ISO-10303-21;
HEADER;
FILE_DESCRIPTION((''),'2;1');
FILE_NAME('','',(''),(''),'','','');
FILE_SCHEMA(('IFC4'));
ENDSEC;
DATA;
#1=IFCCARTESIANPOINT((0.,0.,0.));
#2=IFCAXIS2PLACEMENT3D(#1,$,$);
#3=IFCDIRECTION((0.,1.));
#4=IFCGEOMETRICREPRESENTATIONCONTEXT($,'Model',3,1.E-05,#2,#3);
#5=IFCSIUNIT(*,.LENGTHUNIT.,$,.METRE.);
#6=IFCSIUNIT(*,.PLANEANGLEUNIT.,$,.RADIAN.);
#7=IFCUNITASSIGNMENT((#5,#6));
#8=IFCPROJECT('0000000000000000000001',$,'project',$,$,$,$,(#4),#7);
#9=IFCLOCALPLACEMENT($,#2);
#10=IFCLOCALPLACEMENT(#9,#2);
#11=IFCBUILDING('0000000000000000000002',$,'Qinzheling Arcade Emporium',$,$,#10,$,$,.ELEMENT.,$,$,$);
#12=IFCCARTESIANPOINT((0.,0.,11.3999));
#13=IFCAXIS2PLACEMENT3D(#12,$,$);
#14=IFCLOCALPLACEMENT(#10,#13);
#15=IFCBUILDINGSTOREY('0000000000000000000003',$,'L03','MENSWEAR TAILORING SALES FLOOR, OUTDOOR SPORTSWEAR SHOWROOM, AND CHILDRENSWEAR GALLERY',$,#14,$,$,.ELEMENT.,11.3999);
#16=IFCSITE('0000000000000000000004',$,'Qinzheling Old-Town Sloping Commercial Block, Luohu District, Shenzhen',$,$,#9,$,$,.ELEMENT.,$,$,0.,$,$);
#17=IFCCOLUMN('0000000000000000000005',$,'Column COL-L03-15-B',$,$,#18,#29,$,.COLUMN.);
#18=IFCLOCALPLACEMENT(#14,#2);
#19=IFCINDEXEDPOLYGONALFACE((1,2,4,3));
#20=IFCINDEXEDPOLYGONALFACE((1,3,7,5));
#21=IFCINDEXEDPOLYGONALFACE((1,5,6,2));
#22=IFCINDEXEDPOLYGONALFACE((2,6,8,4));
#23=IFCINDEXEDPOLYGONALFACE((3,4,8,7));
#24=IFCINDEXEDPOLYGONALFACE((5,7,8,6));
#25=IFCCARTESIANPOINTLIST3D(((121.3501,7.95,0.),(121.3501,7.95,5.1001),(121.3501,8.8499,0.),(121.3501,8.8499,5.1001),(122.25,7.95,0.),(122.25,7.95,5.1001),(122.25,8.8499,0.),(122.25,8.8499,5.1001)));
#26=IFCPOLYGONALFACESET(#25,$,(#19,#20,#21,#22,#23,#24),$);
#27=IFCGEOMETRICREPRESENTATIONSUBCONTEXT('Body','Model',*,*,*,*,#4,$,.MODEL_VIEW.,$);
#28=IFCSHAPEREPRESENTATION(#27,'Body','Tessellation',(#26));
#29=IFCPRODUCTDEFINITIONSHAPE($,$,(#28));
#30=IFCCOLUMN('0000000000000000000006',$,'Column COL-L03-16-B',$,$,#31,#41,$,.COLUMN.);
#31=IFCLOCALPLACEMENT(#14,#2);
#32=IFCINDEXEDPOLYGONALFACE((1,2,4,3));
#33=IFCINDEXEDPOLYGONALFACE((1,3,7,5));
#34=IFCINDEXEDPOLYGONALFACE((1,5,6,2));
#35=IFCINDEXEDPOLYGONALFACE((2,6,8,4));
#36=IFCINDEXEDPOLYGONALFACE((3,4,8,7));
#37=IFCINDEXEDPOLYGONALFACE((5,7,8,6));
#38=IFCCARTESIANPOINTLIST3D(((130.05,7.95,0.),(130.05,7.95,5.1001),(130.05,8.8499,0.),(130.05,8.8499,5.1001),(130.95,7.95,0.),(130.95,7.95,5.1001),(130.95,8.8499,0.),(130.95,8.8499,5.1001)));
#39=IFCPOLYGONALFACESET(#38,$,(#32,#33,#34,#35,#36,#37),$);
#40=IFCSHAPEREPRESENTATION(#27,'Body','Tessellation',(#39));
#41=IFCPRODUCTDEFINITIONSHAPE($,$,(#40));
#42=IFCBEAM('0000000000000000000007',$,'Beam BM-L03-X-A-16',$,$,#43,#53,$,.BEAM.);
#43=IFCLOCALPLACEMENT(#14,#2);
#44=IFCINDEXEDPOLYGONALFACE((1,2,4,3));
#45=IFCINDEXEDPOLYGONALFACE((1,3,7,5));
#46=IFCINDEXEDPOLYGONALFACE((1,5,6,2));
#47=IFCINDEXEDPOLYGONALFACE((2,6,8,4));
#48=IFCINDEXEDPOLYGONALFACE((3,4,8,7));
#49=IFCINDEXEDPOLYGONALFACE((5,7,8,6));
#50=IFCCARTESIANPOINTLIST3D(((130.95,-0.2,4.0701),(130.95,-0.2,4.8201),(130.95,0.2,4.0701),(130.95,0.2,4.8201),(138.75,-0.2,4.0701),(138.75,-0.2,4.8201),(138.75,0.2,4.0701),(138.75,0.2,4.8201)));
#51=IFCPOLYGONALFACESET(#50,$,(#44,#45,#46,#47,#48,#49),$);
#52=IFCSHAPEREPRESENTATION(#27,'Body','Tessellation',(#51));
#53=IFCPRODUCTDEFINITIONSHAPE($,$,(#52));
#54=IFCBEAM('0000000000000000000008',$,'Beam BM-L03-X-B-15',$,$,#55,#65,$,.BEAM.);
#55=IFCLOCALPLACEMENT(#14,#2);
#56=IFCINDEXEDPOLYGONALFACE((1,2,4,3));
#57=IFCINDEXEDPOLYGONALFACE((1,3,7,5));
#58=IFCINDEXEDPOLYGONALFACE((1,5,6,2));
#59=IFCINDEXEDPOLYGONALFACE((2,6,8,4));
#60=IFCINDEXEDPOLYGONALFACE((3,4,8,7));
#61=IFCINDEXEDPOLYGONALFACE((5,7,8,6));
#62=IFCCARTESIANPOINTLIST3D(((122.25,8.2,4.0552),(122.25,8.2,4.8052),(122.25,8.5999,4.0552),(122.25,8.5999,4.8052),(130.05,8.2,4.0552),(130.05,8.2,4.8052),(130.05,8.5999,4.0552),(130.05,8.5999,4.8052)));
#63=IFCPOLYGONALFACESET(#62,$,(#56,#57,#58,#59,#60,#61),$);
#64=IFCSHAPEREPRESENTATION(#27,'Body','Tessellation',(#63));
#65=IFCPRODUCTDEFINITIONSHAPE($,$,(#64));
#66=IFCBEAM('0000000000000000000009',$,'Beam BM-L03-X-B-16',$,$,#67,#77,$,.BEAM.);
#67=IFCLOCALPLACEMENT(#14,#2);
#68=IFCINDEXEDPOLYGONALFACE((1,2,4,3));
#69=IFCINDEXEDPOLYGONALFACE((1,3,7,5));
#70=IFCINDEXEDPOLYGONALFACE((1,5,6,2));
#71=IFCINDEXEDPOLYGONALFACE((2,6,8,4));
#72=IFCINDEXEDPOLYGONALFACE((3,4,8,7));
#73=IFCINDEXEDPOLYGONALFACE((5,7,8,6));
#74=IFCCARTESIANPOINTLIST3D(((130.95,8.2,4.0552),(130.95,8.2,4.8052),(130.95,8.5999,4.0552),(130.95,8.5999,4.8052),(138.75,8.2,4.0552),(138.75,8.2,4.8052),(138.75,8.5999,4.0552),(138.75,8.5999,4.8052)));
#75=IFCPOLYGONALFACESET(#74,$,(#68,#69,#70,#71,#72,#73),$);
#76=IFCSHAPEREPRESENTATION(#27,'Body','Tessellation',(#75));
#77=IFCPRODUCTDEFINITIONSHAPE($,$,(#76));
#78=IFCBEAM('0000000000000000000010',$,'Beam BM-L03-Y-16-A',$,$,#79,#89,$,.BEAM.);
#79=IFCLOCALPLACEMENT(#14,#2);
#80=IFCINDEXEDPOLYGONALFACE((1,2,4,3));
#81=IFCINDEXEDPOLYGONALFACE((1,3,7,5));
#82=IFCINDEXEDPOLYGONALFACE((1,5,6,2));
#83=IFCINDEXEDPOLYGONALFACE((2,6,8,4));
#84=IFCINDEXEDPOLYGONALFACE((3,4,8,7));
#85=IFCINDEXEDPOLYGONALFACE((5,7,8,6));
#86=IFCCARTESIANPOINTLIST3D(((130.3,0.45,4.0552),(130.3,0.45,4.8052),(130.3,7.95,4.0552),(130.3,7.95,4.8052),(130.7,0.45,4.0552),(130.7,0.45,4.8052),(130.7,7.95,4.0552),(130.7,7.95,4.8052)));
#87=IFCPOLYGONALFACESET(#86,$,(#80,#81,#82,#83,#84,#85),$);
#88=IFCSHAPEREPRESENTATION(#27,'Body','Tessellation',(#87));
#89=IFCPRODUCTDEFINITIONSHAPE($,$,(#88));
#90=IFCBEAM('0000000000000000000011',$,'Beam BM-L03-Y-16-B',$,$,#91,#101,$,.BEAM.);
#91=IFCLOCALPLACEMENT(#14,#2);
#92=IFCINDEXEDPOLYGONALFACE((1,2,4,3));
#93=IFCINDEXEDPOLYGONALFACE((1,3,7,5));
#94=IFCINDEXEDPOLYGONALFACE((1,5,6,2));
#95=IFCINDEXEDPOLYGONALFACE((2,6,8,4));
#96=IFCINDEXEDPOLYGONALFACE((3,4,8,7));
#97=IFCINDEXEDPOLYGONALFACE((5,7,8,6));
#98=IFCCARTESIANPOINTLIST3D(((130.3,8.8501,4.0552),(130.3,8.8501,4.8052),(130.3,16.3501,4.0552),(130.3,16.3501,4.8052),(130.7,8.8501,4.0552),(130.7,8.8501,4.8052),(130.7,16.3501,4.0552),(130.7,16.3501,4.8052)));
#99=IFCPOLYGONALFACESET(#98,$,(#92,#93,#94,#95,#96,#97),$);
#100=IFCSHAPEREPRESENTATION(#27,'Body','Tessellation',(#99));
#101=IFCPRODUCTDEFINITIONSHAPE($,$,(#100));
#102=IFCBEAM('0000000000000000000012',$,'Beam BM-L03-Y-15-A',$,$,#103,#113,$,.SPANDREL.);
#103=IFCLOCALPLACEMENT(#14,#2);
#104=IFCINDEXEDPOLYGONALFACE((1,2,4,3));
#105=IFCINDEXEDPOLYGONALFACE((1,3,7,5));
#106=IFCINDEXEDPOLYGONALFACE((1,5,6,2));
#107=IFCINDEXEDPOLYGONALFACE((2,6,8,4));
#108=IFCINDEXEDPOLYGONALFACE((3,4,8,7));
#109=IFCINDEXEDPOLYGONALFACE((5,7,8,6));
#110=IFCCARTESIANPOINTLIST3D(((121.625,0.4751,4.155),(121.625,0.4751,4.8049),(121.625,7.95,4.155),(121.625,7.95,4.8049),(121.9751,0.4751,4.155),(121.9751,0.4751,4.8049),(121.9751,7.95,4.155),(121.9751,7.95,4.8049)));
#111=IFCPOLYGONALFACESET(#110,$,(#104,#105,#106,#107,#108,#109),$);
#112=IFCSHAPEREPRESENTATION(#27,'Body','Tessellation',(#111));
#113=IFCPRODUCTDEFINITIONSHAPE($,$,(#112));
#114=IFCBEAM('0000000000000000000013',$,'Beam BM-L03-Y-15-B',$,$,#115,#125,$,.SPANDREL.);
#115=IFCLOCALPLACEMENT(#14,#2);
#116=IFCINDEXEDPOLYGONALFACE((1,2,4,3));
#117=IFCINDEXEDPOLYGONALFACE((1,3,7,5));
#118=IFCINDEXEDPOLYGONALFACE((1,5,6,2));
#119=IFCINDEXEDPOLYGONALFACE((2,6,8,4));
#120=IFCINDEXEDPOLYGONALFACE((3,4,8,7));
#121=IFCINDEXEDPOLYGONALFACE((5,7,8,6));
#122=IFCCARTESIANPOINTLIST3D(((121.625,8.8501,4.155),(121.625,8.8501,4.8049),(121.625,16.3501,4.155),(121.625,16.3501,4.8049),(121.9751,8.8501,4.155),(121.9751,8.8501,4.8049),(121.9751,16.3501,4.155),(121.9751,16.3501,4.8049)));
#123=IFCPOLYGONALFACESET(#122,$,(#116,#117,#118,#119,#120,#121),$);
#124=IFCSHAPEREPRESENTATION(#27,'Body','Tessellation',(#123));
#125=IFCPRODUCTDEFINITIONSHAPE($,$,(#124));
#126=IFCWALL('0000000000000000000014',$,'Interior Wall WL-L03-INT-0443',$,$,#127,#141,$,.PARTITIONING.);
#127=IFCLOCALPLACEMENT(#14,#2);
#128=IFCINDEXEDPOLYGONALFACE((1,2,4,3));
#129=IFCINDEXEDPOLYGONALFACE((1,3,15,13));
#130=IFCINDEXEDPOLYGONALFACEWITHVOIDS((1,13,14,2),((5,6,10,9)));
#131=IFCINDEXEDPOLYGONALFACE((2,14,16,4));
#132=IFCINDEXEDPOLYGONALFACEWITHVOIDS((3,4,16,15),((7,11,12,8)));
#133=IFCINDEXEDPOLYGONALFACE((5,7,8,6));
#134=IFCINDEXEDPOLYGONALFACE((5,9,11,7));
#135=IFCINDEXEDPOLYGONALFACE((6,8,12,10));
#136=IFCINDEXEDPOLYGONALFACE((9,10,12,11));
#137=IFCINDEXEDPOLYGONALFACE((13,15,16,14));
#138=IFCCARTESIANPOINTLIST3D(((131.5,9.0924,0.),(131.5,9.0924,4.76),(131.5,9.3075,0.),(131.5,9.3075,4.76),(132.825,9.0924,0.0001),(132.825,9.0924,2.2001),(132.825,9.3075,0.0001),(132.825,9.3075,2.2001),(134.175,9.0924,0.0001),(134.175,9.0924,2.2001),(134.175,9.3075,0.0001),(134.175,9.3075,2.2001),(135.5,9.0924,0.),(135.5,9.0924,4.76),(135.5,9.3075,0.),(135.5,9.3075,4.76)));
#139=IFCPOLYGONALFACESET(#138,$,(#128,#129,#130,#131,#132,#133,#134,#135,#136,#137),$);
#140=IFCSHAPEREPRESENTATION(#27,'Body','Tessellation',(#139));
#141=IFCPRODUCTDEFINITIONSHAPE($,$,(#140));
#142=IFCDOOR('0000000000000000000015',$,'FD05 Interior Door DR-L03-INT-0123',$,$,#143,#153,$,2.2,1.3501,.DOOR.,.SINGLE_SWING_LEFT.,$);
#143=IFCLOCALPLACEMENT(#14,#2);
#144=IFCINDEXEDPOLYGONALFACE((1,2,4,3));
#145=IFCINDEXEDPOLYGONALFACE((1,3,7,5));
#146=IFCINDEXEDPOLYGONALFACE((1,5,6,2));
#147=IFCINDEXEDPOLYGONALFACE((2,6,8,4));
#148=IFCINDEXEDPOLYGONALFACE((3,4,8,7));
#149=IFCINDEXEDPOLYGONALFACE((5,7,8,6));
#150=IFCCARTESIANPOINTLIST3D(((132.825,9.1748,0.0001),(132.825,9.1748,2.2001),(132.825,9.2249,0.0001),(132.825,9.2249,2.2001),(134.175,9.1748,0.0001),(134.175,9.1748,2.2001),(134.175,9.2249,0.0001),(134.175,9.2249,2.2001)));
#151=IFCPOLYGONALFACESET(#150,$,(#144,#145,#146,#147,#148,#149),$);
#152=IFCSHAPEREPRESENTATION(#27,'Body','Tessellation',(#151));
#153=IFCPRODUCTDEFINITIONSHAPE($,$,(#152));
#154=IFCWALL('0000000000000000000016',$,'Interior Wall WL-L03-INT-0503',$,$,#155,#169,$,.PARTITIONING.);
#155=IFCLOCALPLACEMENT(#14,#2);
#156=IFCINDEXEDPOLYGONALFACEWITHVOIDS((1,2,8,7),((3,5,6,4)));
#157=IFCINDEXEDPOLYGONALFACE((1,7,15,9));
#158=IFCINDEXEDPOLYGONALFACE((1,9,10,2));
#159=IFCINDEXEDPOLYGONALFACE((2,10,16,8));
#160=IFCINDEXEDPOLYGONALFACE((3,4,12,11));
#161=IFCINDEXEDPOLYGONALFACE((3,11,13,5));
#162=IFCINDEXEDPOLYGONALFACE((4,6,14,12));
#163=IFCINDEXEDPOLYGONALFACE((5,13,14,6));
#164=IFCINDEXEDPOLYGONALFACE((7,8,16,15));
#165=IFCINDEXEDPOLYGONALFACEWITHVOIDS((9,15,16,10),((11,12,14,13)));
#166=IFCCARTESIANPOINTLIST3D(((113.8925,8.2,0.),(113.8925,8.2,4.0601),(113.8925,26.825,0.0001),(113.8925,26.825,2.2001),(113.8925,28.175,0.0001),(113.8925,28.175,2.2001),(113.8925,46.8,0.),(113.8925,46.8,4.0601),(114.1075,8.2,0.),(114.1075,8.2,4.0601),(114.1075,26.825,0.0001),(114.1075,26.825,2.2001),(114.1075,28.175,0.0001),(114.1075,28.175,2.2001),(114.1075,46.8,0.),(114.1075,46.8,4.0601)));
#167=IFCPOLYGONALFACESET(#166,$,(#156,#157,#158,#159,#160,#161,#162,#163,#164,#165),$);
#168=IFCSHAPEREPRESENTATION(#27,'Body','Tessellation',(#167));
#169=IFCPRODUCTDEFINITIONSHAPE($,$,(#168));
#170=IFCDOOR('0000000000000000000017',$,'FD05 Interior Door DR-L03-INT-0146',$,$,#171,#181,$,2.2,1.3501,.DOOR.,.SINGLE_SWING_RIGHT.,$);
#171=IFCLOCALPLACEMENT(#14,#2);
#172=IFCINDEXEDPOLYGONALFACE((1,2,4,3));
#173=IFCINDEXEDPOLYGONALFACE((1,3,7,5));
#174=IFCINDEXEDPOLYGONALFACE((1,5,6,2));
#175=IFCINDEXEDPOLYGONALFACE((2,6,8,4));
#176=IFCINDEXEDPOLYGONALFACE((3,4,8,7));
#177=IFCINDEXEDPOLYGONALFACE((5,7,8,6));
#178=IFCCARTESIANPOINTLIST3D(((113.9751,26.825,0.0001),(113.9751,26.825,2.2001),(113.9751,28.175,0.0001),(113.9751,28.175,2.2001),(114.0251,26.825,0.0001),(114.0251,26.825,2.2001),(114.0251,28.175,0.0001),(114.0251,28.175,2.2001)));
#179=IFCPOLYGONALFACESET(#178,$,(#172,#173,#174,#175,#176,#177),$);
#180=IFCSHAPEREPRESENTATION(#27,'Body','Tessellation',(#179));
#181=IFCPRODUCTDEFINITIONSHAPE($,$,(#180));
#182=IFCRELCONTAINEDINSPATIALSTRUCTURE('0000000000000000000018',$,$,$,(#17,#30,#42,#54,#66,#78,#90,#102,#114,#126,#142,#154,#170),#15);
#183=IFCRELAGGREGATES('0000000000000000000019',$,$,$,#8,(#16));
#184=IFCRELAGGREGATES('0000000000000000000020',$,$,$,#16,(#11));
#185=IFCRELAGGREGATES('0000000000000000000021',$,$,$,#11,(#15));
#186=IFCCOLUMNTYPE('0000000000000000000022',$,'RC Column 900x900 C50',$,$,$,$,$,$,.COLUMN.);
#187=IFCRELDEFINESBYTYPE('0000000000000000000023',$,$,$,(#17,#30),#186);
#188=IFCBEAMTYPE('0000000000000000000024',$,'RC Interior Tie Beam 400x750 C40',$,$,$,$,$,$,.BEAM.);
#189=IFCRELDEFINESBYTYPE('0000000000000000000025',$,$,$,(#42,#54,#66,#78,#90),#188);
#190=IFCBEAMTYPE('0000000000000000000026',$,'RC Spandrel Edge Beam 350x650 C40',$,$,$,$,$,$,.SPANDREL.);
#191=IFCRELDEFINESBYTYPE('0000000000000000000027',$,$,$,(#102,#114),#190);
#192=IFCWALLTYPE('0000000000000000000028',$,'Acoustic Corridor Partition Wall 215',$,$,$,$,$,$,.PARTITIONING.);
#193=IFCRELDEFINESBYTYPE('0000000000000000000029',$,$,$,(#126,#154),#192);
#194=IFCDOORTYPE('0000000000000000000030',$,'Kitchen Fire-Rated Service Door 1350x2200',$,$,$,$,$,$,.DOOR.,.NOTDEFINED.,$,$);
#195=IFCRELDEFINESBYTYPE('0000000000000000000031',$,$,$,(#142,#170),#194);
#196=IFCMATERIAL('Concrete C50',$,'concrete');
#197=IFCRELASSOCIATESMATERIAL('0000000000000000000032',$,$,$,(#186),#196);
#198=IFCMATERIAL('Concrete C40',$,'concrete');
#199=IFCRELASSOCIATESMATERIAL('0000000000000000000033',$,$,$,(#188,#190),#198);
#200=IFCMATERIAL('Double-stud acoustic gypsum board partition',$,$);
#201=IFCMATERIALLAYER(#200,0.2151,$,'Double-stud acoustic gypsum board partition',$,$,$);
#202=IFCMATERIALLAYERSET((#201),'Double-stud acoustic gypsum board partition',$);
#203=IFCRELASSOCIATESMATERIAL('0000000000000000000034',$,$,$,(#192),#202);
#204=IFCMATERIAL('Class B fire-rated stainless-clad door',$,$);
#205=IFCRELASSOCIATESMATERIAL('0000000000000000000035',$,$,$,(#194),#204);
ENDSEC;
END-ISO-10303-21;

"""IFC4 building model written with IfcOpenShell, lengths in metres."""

from ifc_helpers import new_model, si_unit, direction, frame, frame_2d, origin, origin_2d, place, context, subcontext, project, spatial, rectangle, extrude, material, layer, layer_set, material_profile, profile_set, type_object, element, fill, save


model = new_model("IFC4")

# Units and contexts
model_context = context("Model", 3, precision=1e-05, world=origin(), true_north=direction((0.0, 1.0)))
body_context = subcontext(model_context, "Body", "Model", "MODEL_VIEW")
ifc_project = project(units=[si_unit("LENGTHUNIT", "METRE"), si_unit("PLANEANGLEUNIT", "RADIAN")], contexts=[model_context])

# Site, building, storey
site_placement = place(None, origin())
site = spatial("IfcSite", under=ifc_project, at=site_placement, Name="Qinzheling Old-Town Sloping Commercial Block, Luohu District, Shenzhen", CompositionType="ELEMENT", RefElevation=0.0)
building_placement = place(site_placement, origin())
building = spatial("IfcBuilding", under=site, at=building_placement, Name="Qinzheling Arcade Emporium", CompositionType="ELEMENT")
storey_placement = place(building_placement, frame((0.0, 0.0, 11.3999)))
storey = spatial("IfcBuildingStorey", under=building, at=storey_placement, Name="L03", Description="MENSWEAR TAILORING SALES FLOOR, OUTDOOR SPORTSWEAR SHOWROOM, AND CHILDRENSWEAR GALLERY", CompositionType="ELEMENT", Elevation=11.3999)

# Columns
ifc_material_1 = material(Name="Concrete C50", Category="concrete")
ifc_material_profile_1 = material_profile(ifc_material_1, rectangle(XDim=0.8999, YDim=0.8999, at=origin_2d()), Name="RC 900x900", Category="concrete")
ifc_profile_set_1 = profile_set([ifc_material_profile_1], Name="Concrete C50")
column_type = type_object("IfcColumnType", Name="RC Column 900x900 C50", PredefinedType="COLUMN", material=ifc_profile_set_1)
for number, where, z_axis, x_axis, name in (
    (1, (121.8, 8.3999, 0.0), (0.0, 0.0, 1.0), (1.0, 0.0, 0.0), "Column COL-L03-15-B"),
    (2, (130.5, 8.3999, 0.0), (0.0, 0.0, 1.0), (1.0, 0.0, 0.0), "Column COL-L03-16-B"),
):
    element("IfcColumn", number, at=place(storey_placement, frame(where, z_axis=z_axis, x_axis=x_axis)), inside=storey, type_object=column_type, Name=name, PredefinedType="COLUMN", context=body_context, shape_type="SweptSolid", body=[
        extrude(rectangle(XDim=0.8999, YDim=0.8999, at=origin_2d()), origin(), (0.0, 0.0, 1.0), 5.1001),
    ])

# Beams
ifc_material_2 = material(Name="Concrete C40", Category="concrete")
ifc_material_profile_2 = material_profile(ifc_material_2, rectangle(XDim=0.3999, YDim=0.75, at=origin_2d()), Name="RC 400x750", Category="concrete")
ifc_profile_set_2 = profile_set([ifc_material_profile_2], Name="Concrete C40")
beam_type_1 = type_object("IfcBeamType", Name="RC Interior Tie Beam 400x750 C40", PredefinedType="BEAM", material=ifc_profile_set_2)
for number, where, z_axis, x_axis, name in (
    (3, (130.95, 0.0, 4.4451), (1.0, 0.0, 0.0), (0.0, 1.0, 0.0), "Beam BM-L03-X-A-16"),
    (4, (122.25, 8.3999, 4.4302), (1.0, 0.0, 0.0), (0.0, 1.0, 0.0), "Beam BM-L03-X-B-15"),
    (5, (130.95, 8.3999, 4.4302), (1.0, 0.0, 0.0), (0.0, 1.0, 0.0), "Beam BM-L03-X-B-16"),
):
    element("IfcBeam", number, at=place(storey_placement, frame(where, z_axis=z_axis, x_axis=x_axis)), inside=storey, type_object=beam_type_1, Name=name, PredefinedType="BEAM", context=body_context, shape_type="SweptSolid", body=[
        extrude(rectangle(XDim=0.3999, YDim=0.75, at=origin_2d()), origin(), (0.0, 0.0, 1.0), 7.8),
    ])
for number, where, z_axis, x_axis, name in (
    (6, (130.5, 0.45, 4.4302), (0.0, 1.0, 0.0), (-1.0, 0.0, 0.0), "Beam BM-L03-Y-16-A"),
    (7, (130.5, 8.8501, 4.4302), (0.0, 1.0, 0.0), (-1.0, 0.0, 0.0), "Beam BM-L03-Y-16-B"),
):
    element("IfcBeam", number, at=place(storey_placement, frame(where, z_axis=z_axis, x_axis=x_axis)), inside=storey, type_object=beam_type_1, Name=name, PredefinedType="BEAM", context=body_context, shape_type="SweptSolid", body=[
        extrude(rectangle(XDim=0.3999, YDim=0.75, at=origin_2d()), origin(), (0.0, 0.0, 1.0), 7.5),
    ])
ifc_material_profile_3 = material_profile(ifc_material_2, rectangle(XDim=0.3501, YDim=0.6499, at=origin_2d()), Name="RC 350x650", Category="concrete")
ifc_profile_set_3 = profile_set([ifc_material_profile_3], Name="Concrete C40")
beam_type_2 = type_object("IfcBeamType", Name="RC Spandrel Edge Beam 350x650 C40", PredefinedType="SPANDREL", material=ifc_profile_set_3)
beam_1_placement = place(storey_placement, frame((121.8, 0.4751, 4.48), z_axis=(0.0, 1.0, 0.0), x_axis=(-1.0, 0.0, 0.0)))
element("IfcBeam", 8, at=beam_1_placement, inside=storey, type_object=beam_type_2, Name="Beam BM-L03-Y-15-A", PredefinedType="SPANDREL", context=body_context, shape_type="SweptSolid", body=[
    extrude(rectangle(XDim=0.3501, YDim=0.6499, at=origin_2d()), origin(), (0.0, 0.0, 1.0), 7.4749),
])
beam_2_placement = place(storey_placement, frame((121.8, 8.8501, 4.48), z_axis=(0.0, 1.0, 0.0), x_axis=(-1.0, 0.0, 0.0)))
element("IfcBeam", 9, at=beam_2_placement, inside=storey, type_object=beam_type_2, Name="Beam BM-L03-Y-15-B", PredefinedType="SPANDREL", context=body_context, shape_type="SweptSolid", body=[
    extrude(rectangle(XDim=0.3501, YDim=0.6499, at=origin_2d()), origin(), (0.0, 0.0, 1.0), 7.5),
])

# Walls, openings, doors
ifc_material_3 = material(Name="Double-stud acoustic gypsum board partition")
ifc_layer_1 = layer(ifc_material_3, 0.2151, Name="Double-stud acoustic gypsum board partition")
ifc_layer_set_1 = layer_set([ifc_layer_1], Name="Double-stud acoustic gypsum board partition")
wall_type_1 = type_object("IfcWallType", Name="Acoustic Corridor Partition Wall 215", PredefinedType="PARTITIONING", material=ifc_layer_set_1)
wall_1_placement = place(storey_placement, frame((131.5, 9.2, 0.0), z_axis=(0.0, 0.0, 1.0), x_axis=(1.0, 0.0, 0.0)))
wall_1 = element("IfcWall", 10, at=wall_1_placement, inside=storey, type_object=wall_type_1, Name="Interior Wall WL-L03-INT-0443", PredefinedType="PARTITIONING", context=body_context, shape_type="SweptSolid", body=[
    extrude(rectangle(XDim=4.0, YDim=0.2151, at=frame_2d((2.0, 0.0))), origin(), (0.0, 0.0, 1.0), 4.76),
])
opening_1_placement = place(wall_1_placement, frame((1.325, 0.0, 0.0)))
opening_1 = element("IfcOpeningElement", 11, at=opening_1_placement, cuts=wall_1, PredefinedType="OPENING", context=body_context, shape_type="SweptSolid", body=[
    extrude(rectangle(XDim=1.3501, YDim=2.2, at=frame_2d((0.675, 1.1001))), frame((0.0, 0.1177, 0.0), z_axis=(0.0, -1.0, 0.0), x_axis=(1.0, 0.0, 0.0)), (0.0, 0.0, 1.0), 0.2351),
])
ifc_material_4 = material(Name="Class B fire-rated stainless-clad door")
door_type_1 = type_object("IfcDoorType", Name="Kitchen Fire-Rated Service Door 1350x2200", OperationType="NOTDEFINED", PredefinedType="DOOR", material=ifc_material_4)
door_1_placement = place(opening_1_placement, origin())
door_1 = element("IfcDoor", 12, at=door_1_placement, inside=storey, type_object=door_type_1, Name="FD05 Interior Door DR-L03-INT-0123", OperationType="SINGLE_SWING_LEFT", OverallHeight=2.2, OverallWidth=1.3501, PredefinedType="DOOR", context=body_context, shape_type="SweptSolid", body=[
    extrude(rectangle(XDim=1.3501, YDim=2.2, at=frame_2d((0.675, 1.1001))), frame((0.0, 0.0249, 0.0), z_axis=(0.0, -1.0, 0.0), x_axis=(1.0, 0.0, 0.0)), (0.0, 0.0, 1.0), 0.05),
])
fill(opening_1, door_1)
wall_2_placement = place(storey_placement, frame((114.0, 8.2, 0.0), z_axis=(0.0, 0.0, 1.0), x_axis=(0.0, 1.0, 0.0)))
wall_2 = element("IfcWall", 13, at=wall_2_placement, inside=storey, type_object=wall_type_1, Name="Interior Wall WL-L03-INT-0503", PredefinedType="PARTITIONING", context=body_context, shape_type="SweptSolid", body=[
    extrude(rectangle(XDim=38.6001, YDim=0.2151, at=frame_2d((19.3, 0.0))), origin(), (0.0, 0.0, 1.0), 4.0601),
])
opening_2_placement = place(wall_2_placement, frame((18.625, 0.0, 0.0)))
opening_2 = element("IfcOpeningElement", 14, at=opening_2_placement, cuts=wall_2, PredefinedType="OPENING", context=body_context, shape_type="SweptSolid", body=[
    extrude(rectangle(XDim=1.3501, YDim=2.2, at=frame_2d((0.675, 1.1001))), frame((0.0, 0.1177, 0.0), z_axis=(0.0, -1.0, 0.0), x_axis=(1.0, 0.0, 0.0)), (0.0, 0.0, 1.0), 0.2351),
])
door_2_placement = place(opening_2_placement, origin())
door_2 = element("IfcDoor", 15, at=door_2_placement, inside=storey, type_object=door_type_1, Name="FD05 Interior Door DR-L03-INT-0146", OperationType="SINGLE_SWING_RIGHT", OverallHeight=2.2, OverallWidth=1.3501, PredefinedType="DOOR", context=body_context, shape_type="SweptSolid", body=[
    extrude(rectangle(XDim=1.3501, YDim=2.2, at=frame_2d((0.675, 1.1001))), frame((0.0, 0.0249, 0.0), z_axis=(0.0, -1.0, 0.0), x_axis=(1.0, 0.0, 0.0)), (0.0, 0.0, 1.0), 0.05),
])
fill(opening_2, door_2)

save(model, "model.ifc")
